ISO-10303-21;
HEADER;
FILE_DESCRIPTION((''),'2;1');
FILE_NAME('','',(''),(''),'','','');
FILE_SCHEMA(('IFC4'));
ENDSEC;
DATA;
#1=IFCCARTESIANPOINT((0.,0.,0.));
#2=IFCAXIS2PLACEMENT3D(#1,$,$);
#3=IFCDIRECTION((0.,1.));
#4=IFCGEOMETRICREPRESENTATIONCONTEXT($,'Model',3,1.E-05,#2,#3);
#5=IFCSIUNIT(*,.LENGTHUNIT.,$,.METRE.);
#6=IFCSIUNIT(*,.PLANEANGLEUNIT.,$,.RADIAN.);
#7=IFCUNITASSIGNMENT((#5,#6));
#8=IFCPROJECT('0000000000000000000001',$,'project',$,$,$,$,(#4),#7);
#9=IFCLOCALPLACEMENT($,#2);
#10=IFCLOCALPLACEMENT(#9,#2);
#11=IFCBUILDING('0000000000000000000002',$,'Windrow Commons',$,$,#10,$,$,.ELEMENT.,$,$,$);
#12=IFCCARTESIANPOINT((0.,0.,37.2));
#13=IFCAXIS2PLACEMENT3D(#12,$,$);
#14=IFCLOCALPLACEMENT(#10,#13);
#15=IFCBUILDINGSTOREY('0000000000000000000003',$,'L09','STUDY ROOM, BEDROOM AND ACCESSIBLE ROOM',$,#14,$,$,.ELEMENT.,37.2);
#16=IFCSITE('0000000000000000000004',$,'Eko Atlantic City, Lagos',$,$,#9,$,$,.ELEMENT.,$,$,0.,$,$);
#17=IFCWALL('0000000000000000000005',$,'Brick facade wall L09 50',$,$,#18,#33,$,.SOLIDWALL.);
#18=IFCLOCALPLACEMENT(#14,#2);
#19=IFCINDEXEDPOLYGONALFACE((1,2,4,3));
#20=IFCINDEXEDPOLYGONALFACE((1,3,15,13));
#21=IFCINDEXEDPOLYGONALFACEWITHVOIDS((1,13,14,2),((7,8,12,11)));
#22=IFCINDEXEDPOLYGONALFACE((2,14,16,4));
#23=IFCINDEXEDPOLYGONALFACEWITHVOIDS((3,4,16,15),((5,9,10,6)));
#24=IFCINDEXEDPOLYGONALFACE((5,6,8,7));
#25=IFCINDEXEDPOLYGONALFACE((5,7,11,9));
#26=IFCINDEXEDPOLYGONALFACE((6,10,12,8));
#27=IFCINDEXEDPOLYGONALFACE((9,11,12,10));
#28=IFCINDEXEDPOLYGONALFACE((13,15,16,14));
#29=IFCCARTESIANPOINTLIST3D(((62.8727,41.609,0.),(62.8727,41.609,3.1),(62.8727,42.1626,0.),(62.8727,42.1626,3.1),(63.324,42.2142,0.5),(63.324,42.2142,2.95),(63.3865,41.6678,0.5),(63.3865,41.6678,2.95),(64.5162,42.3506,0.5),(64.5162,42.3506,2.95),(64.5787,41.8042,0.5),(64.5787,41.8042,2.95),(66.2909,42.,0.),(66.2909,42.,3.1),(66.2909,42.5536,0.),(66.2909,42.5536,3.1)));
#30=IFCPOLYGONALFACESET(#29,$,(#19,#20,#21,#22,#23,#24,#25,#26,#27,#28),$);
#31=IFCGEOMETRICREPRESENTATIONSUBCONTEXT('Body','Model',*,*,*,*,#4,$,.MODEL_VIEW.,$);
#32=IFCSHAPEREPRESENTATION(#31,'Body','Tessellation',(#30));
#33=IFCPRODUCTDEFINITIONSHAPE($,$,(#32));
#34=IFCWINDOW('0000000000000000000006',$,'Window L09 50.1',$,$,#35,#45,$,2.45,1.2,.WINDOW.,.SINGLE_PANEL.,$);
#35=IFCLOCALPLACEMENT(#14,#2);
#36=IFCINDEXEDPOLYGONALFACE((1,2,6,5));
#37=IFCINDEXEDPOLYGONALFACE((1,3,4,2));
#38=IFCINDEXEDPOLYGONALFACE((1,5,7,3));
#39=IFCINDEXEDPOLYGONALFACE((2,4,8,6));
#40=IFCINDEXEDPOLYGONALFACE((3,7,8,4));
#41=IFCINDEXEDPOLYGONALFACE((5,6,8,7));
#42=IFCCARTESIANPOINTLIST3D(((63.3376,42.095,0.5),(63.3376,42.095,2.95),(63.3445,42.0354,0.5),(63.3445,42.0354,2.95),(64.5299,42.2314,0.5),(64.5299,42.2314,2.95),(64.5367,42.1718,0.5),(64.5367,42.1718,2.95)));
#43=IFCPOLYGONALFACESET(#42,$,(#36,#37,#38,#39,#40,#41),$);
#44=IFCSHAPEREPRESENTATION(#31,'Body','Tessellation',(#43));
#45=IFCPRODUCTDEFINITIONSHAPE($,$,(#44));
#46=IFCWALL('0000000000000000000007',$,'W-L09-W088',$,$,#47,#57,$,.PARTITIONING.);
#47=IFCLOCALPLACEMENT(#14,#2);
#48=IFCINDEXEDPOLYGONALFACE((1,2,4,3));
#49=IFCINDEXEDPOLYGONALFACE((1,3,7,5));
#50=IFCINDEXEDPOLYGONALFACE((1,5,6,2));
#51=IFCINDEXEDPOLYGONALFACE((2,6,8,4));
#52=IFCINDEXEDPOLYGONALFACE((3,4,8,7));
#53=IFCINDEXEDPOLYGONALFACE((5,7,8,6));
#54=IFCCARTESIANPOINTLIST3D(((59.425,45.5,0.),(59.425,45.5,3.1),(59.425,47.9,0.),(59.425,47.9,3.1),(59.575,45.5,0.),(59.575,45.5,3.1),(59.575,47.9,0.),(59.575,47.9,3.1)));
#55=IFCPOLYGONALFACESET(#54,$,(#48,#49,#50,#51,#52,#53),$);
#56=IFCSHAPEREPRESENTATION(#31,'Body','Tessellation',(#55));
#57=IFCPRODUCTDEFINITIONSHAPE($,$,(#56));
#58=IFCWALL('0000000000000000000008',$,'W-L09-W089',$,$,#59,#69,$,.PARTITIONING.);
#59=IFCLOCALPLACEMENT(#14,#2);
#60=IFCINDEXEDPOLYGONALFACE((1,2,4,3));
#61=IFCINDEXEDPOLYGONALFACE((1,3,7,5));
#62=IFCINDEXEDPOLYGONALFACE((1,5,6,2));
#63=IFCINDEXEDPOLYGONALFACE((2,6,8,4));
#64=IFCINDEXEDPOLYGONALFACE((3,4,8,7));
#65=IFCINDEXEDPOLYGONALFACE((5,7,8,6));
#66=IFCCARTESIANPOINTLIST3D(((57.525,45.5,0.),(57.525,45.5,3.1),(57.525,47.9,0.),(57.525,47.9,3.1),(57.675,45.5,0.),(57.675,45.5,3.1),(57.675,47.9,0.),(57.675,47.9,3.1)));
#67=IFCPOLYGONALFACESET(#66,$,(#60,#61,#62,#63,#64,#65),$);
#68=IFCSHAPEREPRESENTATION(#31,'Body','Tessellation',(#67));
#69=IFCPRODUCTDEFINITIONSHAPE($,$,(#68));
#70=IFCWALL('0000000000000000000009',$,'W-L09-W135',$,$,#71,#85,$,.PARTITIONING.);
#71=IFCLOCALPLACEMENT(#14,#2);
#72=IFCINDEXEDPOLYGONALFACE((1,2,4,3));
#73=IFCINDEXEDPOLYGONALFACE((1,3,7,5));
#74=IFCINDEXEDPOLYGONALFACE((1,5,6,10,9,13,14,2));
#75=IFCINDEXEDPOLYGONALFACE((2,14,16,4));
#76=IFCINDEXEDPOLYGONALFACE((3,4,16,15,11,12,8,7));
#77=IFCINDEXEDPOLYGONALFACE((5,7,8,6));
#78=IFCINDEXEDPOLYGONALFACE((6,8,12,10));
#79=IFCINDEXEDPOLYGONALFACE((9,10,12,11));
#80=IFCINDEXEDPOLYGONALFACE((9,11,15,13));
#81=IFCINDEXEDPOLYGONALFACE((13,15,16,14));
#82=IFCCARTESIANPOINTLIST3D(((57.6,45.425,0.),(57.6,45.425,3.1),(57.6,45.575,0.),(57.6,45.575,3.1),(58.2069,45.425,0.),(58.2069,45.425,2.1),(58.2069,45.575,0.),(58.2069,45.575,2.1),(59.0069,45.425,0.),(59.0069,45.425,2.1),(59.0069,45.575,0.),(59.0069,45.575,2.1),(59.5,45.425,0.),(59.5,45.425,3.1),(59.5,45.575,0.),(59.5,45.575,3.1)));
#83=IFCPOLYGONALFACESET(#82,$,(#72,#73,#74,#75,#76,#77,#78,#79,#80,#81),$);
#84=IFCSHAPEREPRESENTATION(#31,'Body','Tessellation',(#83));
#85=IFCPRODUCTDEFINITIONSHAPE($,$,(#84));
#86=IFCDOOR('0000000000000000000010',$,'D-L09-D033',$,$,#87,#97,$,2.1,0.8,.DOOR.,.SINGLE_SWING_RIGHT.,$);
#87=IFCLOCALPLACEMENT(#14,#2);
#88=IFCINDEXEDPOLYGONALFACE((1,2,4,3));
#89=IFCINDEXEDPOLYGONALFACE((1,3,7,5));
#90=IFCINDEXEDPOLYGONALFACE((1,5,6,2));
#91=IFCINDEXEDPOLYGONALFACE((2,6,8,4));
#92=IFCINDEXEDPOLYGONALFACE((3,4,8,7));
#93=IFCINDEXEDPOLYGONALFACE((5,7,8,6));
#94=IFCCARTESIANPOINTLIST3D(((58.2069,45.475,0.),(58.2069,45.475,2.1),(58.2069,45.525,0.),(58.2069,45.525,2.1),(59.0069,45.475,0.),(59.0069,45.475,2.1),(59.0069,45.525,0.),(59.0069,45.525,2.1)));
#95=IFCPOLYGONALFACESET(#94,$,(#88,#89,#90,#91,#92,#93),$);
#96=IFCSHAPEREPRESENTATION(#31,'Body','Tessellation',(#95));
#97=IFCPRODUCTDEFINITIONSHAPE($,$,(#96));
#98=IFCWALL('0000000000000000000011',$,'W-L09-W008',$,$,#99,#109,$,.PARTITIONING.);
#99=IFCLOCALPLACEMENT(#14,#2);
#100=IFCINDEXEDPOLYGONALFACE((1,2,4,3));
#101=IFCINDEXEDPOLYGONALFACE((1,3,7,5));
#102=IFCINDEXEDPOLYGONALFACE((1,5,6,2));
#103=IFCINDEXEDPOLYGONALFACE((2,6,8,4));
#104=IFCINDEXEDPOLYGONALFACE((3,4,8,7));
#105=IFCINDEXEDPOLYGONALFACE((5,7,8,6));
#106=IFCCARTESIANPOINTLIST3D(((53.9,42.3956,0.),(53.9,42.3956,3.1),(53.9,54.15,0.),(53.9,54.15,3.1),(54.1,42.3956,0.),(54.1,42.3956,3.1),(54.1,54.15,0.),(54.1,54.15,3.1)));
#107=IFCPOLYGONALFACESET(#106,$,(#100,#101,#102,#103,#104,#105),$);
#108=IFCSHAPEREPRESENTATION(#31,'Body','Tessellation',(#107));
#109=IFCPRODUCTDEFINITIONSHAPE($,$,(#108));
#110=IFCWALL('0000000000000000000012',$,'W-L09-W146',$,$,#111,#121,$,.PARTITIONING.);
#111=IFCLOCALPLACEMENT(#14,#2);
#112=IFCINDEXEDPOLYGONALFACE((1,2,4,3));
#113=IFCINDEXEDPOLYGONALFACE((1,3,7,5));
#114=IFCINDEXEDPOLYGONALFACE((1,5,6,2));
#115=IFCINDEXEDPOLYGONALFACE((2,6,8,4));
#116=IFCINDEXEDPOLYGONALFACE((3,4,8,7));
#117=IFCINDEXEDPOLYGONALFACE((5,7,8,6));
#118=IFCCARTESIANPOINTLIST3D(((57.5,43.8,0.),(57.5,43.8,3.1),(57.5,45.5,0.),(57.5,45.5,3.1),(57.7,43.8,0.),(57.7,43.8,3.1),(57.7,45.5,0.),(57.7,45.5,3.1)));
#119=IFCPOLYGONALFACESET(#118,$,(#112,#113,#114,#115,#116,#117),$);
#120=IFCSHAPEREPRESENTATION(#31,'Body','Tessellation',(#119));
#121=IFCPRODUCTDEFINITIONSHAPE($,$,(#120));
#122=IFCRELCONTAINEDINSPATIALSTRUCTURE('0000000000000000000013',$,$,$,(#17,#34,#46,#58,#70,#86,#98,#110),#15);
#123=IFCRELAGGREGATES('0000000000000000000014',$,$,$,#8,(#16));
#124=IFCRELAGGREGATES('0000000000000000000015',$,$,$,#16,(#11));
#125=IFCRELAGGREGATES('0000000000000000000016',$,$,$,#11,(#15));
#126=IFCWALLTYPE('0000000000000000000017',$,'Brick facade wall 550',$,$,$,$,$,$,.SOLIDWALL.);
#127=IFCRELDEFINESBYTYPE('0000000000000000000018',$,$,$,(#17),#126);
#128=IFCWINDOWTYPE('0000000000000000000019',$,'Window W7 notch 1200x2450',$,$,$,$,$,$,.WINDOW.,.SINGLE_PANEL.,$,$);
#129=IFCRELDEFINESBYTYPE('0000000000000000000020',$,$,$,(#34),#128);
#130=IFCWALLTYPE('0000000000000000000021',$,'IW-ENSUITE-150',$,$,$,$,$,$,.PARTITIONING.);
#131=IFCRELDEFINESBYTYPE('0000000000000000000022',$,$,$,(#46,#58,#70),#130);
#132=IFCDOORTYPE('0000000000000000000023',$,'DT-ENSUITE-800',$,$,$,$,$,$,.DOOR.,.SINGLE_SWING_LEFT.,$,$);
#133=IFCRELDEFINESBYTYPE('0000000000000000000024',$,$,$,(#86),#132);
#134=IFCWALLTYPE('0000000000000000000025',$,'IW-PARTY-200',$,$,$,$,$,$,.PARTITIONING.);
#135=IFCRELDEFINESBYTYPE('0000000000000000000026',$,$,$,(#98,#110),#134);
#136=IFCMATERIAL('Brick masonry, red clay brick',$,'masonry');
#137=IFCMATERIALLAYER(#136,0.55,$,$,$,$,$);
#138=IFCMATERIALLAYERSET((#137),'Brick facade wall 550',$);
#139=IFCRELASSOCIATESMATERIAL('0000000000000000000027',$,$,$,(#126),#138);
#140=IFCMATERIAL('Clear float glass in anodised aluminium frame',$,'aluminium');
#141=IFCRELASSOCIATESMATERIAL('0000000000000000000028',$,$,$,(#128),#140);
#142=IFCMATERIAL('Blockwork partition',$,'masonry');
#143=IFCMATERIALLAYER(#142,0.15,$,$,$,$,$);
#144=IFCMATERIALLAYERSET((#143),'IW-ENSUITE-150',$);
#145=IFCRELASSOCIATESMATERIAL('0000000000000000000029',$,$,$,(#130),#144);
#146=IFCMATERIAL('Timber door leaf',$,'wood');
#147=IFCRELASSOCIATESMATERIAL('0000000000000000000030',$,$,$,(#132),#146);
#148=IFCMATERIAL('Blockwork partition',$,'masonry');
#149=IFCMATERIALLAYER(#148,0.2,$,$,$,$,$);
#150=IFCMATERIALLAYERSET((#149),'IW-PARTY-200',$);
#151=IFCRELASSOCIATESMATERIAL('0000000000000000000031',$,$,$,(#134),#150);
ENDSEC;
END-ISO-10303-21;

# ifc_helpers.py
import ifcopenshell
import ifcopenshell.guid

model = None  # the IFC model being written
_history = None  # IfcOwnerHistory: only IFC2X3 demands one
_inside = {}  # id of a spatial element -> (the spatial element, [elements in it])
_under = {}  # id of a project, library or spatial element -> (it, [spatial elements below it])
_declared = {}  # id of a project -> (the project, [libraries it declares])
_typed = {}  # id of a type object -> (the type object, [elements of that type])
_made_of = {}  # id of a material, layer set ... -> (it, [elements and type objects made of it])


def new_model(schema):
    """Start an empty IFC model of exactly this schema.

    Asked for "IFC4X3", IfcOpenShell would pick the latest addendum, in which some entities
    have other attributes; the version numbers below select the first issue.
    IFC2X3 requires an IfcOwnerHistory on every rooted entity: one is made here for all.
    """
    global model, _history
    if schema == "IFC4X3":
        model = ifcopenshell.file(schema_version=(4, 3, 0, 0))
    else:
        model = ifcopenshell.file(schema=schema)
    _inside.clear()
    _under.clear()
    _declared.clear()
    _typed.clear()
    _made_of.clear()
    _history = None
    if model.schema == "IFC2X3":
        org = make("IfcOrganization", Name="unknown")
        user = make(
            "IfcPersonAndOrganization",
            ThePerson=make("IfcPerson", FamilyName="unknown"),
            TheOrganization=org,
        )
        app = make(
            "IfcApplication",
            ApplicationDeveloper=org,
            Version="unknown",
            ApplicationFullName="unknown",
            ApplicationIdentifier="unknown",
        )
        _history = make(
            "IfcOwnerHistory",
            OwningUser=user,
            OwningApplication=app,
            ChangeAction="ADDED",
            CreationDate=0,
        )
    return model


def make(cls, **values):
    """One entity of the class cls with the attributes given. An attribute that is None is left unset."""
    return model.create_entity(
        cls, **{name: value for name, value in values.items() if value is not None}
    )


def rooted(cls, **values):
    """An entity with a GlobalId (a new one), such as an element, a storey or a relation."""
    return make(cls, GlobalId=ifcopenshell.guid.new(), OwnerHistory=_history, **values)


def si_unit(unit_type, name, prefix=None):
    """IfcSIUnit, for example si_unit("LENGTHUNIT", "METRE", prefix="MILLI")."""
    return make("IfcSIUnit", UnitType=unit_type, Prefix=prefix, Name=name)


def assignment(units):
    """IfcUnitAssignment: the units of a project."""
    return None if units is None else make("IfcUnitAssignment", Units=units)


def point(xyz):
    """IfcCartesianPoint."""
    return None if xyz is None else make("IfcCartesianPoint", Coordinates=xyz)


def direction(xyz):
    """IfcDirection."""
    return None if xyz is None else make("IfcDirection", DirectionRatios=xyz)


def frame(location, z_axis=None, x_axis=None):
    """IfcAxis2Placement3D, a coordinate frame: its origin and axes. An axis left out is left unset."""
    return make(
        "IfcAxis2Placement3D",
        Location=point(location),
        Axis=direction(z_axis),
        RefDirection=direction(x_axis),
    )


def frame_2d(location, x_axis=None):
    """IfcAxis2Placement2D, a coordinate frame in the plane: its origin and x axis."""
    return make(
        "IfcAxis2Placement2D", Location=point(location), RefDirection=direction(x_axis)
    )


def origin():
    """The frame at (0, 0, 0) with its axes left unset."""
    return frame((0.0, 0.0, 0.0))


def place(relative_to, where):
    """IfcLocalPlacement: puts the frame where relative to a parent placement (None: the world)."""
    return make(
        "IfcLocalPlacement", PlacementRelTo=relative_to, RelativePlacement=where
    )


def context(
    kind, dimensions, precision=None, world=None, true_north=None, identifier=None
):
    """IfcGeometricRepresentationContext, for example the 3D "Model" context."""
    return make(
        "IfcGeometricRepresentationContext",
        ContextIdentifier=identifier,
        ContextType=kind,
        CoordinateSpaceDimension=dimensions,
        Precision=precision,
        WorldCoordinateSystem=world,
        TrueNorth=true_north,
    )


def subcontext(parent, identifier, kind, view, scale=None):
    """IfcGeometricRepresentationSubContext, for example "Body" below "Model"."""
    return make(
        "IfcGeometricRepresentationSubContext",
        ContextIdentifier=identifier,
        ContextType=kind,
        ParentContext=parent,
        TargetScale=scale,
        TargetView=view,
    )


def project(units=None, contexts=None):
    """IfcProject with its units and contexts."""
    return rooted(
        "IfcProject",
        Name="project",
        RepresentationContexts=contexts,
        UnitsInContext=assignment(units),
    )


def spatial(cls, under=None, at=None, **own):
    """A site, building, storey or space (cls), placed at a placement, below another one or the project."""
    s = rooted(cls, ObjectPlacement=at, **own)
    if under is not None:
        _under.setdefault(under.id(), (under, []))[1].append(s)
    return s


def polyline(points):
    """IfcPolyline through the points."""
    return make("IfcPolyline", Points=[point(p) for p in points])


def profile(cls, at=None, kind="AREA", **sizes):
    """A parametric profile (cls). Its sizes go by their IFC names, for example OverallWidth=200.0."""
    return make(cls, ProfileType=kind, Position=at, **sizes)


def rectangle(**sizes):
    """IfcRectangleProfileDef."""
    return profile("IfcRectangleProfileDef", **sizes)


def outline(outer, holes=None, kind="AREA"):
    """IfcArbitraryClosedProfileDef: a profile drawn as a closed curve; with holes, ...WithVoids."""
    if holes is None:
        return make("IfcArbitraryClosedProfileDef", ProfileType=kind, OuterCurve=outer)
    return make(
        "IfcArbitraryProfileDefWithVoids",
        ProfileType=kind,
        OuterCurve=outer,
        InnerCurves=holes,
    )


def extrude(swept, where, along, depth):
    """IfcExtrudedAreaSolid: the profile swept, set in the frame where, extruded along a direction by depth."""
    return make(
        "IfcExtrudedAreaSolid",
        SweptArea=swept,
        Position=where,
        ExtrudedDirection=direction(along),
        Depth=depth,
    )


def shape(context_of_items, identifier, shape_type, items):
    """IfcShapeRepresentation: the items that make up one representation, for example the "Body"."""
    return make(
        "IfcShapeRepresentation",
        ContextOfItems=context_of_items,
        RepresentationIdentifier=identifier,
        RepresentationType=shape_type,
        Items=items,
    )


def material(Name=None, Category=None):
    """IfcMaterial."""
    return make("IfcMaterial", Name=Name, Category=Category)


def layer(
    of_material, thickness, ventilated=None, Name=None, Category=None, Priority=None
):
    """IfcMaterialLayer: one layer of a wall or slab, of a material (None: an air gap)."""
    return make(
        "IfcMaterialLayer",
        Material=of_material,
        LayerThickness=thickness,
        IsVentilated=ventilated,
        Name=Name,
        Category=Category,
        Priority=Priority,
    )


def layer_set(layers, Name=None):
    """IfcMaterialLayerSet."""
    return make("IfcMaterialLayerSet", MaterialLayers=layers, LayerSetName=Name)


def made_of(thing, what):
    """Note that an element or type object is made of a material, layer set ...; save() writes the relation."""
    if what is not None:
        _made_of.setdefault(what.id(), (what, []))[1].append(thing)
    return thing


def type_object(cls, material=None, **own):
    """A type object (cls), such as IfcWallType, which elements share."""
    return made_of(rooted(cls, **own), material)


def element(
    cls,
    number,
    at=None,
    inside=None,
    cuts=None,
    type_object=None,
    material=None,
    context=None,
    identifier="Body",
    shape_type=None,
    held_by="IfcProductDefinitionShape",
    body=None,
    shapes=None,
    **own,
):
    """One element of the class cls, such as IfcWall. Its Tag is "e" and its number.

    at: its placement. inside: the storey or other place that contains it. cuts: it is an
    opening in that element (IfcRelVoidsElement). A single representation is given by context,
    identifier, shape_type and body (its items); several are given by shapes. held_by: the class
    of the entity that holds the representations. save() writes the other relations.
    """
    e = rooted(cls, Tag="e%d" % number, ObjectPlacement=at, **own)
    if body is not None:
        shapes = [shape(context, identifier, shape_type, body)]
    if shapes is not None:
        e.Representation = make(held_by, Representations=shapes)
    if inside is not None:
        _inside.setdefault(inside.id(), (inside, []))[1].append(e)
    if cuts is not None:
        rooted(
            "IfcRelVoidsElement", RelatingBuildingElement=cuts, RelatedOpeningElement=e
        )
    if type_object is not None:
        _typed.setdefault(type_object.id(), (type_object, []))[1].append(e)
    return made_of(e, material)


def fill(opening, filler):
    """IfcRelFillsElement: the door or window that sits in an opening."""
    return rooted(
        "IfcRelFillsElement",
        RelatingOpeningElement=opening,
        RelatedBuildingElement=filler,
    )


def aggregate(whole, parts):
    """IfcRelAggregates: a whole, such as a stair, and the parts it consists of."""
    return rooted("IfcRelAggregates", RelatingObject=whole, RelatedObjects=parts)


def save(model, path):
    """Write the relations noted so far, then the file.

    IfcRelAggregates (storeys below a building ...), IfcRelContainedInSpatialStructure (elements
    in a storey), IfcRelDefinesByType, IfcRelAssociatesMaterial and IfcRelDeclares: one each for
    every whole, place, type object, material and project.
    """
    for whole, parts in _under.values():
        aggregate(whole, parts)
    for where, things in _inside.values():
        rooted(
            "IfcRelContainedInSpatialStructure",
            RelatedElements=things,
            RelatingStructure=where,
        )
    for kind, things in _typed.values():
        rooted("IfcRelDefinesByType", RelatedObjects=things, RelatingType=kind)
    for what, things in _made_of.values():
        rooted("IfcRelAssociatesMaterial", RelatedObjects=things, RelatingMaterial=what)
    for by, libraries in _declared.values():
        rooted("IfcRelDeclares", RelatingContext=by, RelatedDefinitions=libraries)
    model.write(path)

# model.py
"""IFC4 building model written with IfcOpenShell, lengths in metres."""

from ifc_helpers import new_model, si_unit, direction, frame, frame_2d, origin, place, context, subcontext, project, spatial, polyline, rectangle, outline, extrude, material, layer, layer_set, type_object, element, fill, save


model = new_model("IFC4")

# Units and contexts
model_context = context("Model", 3, precision=1e-05, world=origin(), true_north=direction((0.0, 1.0)))
body_context = subcontext(model_context, "Body", "Model", "MODEL_VIEW")
ifc_project = project(units=[si_unit("LENGTHUNIT", "METRE"), si_unit("PLANEANGLEUNIT", "RADIAN")], contexts=[model_context])

# Site, building, storey
site_placement = place(None, origin())
site = spatial("IfcSite", under=ifc_project, at=site_placement, Name="Eko Atlantic City, Lagos", CompositionType="ELEMENT", RefElevation=0.0)
building_placement = place(site_placement, origin())
building = spatial("IfcBuilding", under=site, at=building_placement, Name="Windrow Commons", CompositionType="ELEMENT")
storey_placement = place(building_placement, frame((0.0, 0.0, 37.2)))
storey = spatial("IfcBuildingStorey", under=building, at=storey_placement, Name="L09", Description="STUDY ROOM, BEDROOM AND ACCESSIBLE ROOM", CompositionType="ELEMENT", Elevation=37.2)

# Shared definitions
ifc_material_1 = material(Name="Brick masonry, red clay brick", Category="masonry")
ifc_layer_1 = layer(ifc_material_1, 0.55)
ifc_layer_set_1 = layer_set([ifc_layer_1], Name="Brick facade wall 550")
wall_type_1 = type_object("IfcWallType", Name="Brick facade wall 550", PredefinedType="SOLIDWALL", material=ifc_layer_set_1)
ifc_material_2 = material(Name="Clear float glass in anodised aluminium frame", Category="aluminium")
window_type = type_object("IfcWindowType", Name="Window W7 notch 1200x2450", PartitioningType="SINGLE_PANEL", PredefinedType="WINDOW", material=ifc_material_2)

# Wall, opening, window
wall_1_placement = place(storey_placement, frame((62.8727, 41.8858, 0.0), z_axis=(0.0, 0.0, 1.0), x_axis=(0.993521, 0.113647, 0.0)))
wall_1 = element("IfcWall", 1, at=wall_1_placement, inside=storey, type_object=wall_type_1, Name="Brick facade wall L09 50", PredefinedType="SOLIDWALL", context=body_context, shape_type="SweptSolid", body=[
    extrude(outline(polyline([(-0.0315, -0.275), (3.409, -0.275), (3.4719, 0.275), (0.0315, 0.275), (-0.0315, -0.275)])), origin(), (0.0, 0.0, 1.0), 3.1),
])
opening_1_placement = place(wall_1_placement, frame((0.4857, 0.0, 0.5)))
opening_1 = element("IfcOpeningElement", 2, at=opening_1_placement, cuts=wall_1, PredefinedType="OPENING", context=body_context, shape_type="SweptSolid", body=[
    extrude(rectangle(XDim=1.2, YDim=2.45, at=frame_2d((0.6, 1.225))), frame((0.0, 0.285, 0.0), z_axis=(0.0, -1.0, 0.0), x_axis=(1.0, 0.0, 0.0)), (0.0, 0.0, 1.0), 0.57),
])
window_1_placement = place(opening_1_placement, origin())
window_1 = element("IfcWindow", 3, at=window_1_placement, inside=storey, type_object=window_type, Name="Window L09 50.1", OverallHeight=2.45, OverallWidth=1.2, PartitioningType="SINGLE_PANEL", PredefinedType="WINDOW", context=body_context, shape_type="SweptSolid", body=[
    extrude(rectangle(XDim=1.2, YDim=2.45, at=frame_2d((0.6, 1.225))), frame((0.0, 0.155, 0.0), z_axis=(0.0, -1.0, 0.0), x_axis=(1.0, 0.0, 0.0)), (0.0, 0.0, 1.0), 0.06),
])
fill(opening_1, window_1)

# Walls
ifc_material_3 = material(Name="Blockwork partition", Category="masonry")
ifc_layer_2 = layer(ifc_material_3, 0.15)
ifc_layer_set_2 = layer_set([ifc_layer_2], Name="IW-ENSUITE-150")
wall_type_2 = type_object("IfcWallType", Name="IW-ENSUITE-150", PredefinedType="PARTITIONING", material=ifc_layer_set_2)
for number, where, z_axis, x_axis, name in (
    (4, (59.5, 45.5, 0.0), (0.0, 0.0, 1.0), (0.0, 1.0, 0.0), "W-L09-W088"),
    (5, (57.6, 45.5, 0.0), (0.0, 0.0, 1.0), (0.0, 1.0, 0.0), "W-L09-W089"),
):
    element("IfcWall", number, at=place(storey_placement, frame(where, z_axis=z_axis, x_axis=x_axis)), inside=storey, type_object=wall_type_2, Name=name, PredefinedType="PARTITIONING", context=body_context, shape_type="SweptSolid", body=[
        extrude(rectangle(XDim=2.4, YDim=0.15, at=frame_2d((1.2, 0.0))), origin(), (0.0, 0.0, 1.0), 3.1),
    ])

# Wall, opening, door
wall_2_placement = place(storey_placement, frame((57.6, 45.5, 0.0), z_axis=(0.0, 0.0, 1.0), x_axis=(1.0, 0.0, 0.0)))
wall_2 = element("IfcWall", 6, at=wall_2_placement, inside=storey, type_object=wall_type_2, Name="W-L09-W135", PredefinedType="PARTITIONING", context=body_context, shape_type="SweptSolid", body=[
    extrude(rectangle(XDim=1.9, YDim=0.15, at=frame_2d((0.95, 0.0))), origin(), (0.0, 0.0, 1.0), 3.1),
])
opening_2_placement = place(wall_2_placement, frame((0.6069, 0.0, 0.0)))
opening_2 = element("IfcOpeningElement", 7, at=opening_2_placement, cuts=wall_2, PredefinedType="OPENING", context=body_context, shape_type="SweptSolid", body=[
    extrude(rectangle(XDim=0.8, YDim=2.1, at=frame_2d((0.4, 1.05))), frame((0.0, 0.085, 0.0), z_axis=(0.0, -1.0, 0.0), x_axis=(1.0, 0.0, 0.0)), (0.0, 0.0, 1.0), 0.17),
])
ifc_material_4 = material(Name="Timber door leaf", Category="wood")
door_type = type_object("IfcDoorType", Name="DT-ENSUITE-800", OperationType="SINGLE_SWING_LEFT", PredefinedType="DOOR", material=ifc_material_4)
door_placement = place(opening_2_placement, origin())
door = element("IfcDoor", 8, at=door_placement, inside=storey, type_object=door_type, Name="D-L09-D033", OperationType="SINGLE_SWING_RIGHT", OverallHeight=2.1, OverallWidth=0.8, PredefinedType="DOOR", context=body_context, shape_type="SweptSolid", body=[
    extrude(rectangle(XDim=0.8, YDim=2.1, at=frame_2d((0.4, 1.05))), frame((0.0, 0.025, 0.0), z_axis=(0.0, -1.0, 0.0), x_axis=(1.0, 0.0, 0.0)), (0.0, 0.0, 1.0), 0.05),
])
fill(opening_2, door)

# Walls
ifc_material_5 = material(Name="Blockwork partition", Category="masonry")
ifc_layer_3 = layer(ifc_material_5, 0.2)
ifc_layer_set_3 = layer_set([ifc_layer_3], Name="IW-PARTY-200")
wall_type_3 = type_object("IfcWallType", Name="IW-PARTY-200", PredefinedType="PARTITIONING", material=ifc_layer_set_3)
wall_3_placement = place(storey_placement, frame((54.0, 42.3955, 0.0), z_axis=(0.0, 0.0, 1.0), x_axis=(0.0, 1.0, 0.0)))
element("IfcWall", 9, at=wall_3_placement, inside=storey, type_object=wall_type_3, Name="W-L09-W008", PredefinedType="PARTITIONING", context=body_context, shape_type="SweptSolid", body=[
    extrude(rectangle(XDim=11.7545, YDim=0.2, at=frame_2d((5.8773, 0.0))), origin(), (0.0, 0.0, 1.0), 3.1),
])
wall_4_placement = place(storey_placement, frame((57.6, 43.8, 0.0), z_axis=(0.0, 0.0, 1.0), x_axis=(0.0, 1.0, 0.0)))
element("IfcWall", 10, at=wall_4_placement, inside=storey, type_object=wall_type_3, Name="W-L09-W146", PredefinedType="PARTITIONING", context=body_context, shape_type="SweptSolid", body=[
    extrude(rectangle(XDim=1.7, YDim=0.2, at=frame_2d((0.85, 0.0))), origin(), (0.0, 0.0, 1.0), 3.1),
])

save(model, "model.ifc")
